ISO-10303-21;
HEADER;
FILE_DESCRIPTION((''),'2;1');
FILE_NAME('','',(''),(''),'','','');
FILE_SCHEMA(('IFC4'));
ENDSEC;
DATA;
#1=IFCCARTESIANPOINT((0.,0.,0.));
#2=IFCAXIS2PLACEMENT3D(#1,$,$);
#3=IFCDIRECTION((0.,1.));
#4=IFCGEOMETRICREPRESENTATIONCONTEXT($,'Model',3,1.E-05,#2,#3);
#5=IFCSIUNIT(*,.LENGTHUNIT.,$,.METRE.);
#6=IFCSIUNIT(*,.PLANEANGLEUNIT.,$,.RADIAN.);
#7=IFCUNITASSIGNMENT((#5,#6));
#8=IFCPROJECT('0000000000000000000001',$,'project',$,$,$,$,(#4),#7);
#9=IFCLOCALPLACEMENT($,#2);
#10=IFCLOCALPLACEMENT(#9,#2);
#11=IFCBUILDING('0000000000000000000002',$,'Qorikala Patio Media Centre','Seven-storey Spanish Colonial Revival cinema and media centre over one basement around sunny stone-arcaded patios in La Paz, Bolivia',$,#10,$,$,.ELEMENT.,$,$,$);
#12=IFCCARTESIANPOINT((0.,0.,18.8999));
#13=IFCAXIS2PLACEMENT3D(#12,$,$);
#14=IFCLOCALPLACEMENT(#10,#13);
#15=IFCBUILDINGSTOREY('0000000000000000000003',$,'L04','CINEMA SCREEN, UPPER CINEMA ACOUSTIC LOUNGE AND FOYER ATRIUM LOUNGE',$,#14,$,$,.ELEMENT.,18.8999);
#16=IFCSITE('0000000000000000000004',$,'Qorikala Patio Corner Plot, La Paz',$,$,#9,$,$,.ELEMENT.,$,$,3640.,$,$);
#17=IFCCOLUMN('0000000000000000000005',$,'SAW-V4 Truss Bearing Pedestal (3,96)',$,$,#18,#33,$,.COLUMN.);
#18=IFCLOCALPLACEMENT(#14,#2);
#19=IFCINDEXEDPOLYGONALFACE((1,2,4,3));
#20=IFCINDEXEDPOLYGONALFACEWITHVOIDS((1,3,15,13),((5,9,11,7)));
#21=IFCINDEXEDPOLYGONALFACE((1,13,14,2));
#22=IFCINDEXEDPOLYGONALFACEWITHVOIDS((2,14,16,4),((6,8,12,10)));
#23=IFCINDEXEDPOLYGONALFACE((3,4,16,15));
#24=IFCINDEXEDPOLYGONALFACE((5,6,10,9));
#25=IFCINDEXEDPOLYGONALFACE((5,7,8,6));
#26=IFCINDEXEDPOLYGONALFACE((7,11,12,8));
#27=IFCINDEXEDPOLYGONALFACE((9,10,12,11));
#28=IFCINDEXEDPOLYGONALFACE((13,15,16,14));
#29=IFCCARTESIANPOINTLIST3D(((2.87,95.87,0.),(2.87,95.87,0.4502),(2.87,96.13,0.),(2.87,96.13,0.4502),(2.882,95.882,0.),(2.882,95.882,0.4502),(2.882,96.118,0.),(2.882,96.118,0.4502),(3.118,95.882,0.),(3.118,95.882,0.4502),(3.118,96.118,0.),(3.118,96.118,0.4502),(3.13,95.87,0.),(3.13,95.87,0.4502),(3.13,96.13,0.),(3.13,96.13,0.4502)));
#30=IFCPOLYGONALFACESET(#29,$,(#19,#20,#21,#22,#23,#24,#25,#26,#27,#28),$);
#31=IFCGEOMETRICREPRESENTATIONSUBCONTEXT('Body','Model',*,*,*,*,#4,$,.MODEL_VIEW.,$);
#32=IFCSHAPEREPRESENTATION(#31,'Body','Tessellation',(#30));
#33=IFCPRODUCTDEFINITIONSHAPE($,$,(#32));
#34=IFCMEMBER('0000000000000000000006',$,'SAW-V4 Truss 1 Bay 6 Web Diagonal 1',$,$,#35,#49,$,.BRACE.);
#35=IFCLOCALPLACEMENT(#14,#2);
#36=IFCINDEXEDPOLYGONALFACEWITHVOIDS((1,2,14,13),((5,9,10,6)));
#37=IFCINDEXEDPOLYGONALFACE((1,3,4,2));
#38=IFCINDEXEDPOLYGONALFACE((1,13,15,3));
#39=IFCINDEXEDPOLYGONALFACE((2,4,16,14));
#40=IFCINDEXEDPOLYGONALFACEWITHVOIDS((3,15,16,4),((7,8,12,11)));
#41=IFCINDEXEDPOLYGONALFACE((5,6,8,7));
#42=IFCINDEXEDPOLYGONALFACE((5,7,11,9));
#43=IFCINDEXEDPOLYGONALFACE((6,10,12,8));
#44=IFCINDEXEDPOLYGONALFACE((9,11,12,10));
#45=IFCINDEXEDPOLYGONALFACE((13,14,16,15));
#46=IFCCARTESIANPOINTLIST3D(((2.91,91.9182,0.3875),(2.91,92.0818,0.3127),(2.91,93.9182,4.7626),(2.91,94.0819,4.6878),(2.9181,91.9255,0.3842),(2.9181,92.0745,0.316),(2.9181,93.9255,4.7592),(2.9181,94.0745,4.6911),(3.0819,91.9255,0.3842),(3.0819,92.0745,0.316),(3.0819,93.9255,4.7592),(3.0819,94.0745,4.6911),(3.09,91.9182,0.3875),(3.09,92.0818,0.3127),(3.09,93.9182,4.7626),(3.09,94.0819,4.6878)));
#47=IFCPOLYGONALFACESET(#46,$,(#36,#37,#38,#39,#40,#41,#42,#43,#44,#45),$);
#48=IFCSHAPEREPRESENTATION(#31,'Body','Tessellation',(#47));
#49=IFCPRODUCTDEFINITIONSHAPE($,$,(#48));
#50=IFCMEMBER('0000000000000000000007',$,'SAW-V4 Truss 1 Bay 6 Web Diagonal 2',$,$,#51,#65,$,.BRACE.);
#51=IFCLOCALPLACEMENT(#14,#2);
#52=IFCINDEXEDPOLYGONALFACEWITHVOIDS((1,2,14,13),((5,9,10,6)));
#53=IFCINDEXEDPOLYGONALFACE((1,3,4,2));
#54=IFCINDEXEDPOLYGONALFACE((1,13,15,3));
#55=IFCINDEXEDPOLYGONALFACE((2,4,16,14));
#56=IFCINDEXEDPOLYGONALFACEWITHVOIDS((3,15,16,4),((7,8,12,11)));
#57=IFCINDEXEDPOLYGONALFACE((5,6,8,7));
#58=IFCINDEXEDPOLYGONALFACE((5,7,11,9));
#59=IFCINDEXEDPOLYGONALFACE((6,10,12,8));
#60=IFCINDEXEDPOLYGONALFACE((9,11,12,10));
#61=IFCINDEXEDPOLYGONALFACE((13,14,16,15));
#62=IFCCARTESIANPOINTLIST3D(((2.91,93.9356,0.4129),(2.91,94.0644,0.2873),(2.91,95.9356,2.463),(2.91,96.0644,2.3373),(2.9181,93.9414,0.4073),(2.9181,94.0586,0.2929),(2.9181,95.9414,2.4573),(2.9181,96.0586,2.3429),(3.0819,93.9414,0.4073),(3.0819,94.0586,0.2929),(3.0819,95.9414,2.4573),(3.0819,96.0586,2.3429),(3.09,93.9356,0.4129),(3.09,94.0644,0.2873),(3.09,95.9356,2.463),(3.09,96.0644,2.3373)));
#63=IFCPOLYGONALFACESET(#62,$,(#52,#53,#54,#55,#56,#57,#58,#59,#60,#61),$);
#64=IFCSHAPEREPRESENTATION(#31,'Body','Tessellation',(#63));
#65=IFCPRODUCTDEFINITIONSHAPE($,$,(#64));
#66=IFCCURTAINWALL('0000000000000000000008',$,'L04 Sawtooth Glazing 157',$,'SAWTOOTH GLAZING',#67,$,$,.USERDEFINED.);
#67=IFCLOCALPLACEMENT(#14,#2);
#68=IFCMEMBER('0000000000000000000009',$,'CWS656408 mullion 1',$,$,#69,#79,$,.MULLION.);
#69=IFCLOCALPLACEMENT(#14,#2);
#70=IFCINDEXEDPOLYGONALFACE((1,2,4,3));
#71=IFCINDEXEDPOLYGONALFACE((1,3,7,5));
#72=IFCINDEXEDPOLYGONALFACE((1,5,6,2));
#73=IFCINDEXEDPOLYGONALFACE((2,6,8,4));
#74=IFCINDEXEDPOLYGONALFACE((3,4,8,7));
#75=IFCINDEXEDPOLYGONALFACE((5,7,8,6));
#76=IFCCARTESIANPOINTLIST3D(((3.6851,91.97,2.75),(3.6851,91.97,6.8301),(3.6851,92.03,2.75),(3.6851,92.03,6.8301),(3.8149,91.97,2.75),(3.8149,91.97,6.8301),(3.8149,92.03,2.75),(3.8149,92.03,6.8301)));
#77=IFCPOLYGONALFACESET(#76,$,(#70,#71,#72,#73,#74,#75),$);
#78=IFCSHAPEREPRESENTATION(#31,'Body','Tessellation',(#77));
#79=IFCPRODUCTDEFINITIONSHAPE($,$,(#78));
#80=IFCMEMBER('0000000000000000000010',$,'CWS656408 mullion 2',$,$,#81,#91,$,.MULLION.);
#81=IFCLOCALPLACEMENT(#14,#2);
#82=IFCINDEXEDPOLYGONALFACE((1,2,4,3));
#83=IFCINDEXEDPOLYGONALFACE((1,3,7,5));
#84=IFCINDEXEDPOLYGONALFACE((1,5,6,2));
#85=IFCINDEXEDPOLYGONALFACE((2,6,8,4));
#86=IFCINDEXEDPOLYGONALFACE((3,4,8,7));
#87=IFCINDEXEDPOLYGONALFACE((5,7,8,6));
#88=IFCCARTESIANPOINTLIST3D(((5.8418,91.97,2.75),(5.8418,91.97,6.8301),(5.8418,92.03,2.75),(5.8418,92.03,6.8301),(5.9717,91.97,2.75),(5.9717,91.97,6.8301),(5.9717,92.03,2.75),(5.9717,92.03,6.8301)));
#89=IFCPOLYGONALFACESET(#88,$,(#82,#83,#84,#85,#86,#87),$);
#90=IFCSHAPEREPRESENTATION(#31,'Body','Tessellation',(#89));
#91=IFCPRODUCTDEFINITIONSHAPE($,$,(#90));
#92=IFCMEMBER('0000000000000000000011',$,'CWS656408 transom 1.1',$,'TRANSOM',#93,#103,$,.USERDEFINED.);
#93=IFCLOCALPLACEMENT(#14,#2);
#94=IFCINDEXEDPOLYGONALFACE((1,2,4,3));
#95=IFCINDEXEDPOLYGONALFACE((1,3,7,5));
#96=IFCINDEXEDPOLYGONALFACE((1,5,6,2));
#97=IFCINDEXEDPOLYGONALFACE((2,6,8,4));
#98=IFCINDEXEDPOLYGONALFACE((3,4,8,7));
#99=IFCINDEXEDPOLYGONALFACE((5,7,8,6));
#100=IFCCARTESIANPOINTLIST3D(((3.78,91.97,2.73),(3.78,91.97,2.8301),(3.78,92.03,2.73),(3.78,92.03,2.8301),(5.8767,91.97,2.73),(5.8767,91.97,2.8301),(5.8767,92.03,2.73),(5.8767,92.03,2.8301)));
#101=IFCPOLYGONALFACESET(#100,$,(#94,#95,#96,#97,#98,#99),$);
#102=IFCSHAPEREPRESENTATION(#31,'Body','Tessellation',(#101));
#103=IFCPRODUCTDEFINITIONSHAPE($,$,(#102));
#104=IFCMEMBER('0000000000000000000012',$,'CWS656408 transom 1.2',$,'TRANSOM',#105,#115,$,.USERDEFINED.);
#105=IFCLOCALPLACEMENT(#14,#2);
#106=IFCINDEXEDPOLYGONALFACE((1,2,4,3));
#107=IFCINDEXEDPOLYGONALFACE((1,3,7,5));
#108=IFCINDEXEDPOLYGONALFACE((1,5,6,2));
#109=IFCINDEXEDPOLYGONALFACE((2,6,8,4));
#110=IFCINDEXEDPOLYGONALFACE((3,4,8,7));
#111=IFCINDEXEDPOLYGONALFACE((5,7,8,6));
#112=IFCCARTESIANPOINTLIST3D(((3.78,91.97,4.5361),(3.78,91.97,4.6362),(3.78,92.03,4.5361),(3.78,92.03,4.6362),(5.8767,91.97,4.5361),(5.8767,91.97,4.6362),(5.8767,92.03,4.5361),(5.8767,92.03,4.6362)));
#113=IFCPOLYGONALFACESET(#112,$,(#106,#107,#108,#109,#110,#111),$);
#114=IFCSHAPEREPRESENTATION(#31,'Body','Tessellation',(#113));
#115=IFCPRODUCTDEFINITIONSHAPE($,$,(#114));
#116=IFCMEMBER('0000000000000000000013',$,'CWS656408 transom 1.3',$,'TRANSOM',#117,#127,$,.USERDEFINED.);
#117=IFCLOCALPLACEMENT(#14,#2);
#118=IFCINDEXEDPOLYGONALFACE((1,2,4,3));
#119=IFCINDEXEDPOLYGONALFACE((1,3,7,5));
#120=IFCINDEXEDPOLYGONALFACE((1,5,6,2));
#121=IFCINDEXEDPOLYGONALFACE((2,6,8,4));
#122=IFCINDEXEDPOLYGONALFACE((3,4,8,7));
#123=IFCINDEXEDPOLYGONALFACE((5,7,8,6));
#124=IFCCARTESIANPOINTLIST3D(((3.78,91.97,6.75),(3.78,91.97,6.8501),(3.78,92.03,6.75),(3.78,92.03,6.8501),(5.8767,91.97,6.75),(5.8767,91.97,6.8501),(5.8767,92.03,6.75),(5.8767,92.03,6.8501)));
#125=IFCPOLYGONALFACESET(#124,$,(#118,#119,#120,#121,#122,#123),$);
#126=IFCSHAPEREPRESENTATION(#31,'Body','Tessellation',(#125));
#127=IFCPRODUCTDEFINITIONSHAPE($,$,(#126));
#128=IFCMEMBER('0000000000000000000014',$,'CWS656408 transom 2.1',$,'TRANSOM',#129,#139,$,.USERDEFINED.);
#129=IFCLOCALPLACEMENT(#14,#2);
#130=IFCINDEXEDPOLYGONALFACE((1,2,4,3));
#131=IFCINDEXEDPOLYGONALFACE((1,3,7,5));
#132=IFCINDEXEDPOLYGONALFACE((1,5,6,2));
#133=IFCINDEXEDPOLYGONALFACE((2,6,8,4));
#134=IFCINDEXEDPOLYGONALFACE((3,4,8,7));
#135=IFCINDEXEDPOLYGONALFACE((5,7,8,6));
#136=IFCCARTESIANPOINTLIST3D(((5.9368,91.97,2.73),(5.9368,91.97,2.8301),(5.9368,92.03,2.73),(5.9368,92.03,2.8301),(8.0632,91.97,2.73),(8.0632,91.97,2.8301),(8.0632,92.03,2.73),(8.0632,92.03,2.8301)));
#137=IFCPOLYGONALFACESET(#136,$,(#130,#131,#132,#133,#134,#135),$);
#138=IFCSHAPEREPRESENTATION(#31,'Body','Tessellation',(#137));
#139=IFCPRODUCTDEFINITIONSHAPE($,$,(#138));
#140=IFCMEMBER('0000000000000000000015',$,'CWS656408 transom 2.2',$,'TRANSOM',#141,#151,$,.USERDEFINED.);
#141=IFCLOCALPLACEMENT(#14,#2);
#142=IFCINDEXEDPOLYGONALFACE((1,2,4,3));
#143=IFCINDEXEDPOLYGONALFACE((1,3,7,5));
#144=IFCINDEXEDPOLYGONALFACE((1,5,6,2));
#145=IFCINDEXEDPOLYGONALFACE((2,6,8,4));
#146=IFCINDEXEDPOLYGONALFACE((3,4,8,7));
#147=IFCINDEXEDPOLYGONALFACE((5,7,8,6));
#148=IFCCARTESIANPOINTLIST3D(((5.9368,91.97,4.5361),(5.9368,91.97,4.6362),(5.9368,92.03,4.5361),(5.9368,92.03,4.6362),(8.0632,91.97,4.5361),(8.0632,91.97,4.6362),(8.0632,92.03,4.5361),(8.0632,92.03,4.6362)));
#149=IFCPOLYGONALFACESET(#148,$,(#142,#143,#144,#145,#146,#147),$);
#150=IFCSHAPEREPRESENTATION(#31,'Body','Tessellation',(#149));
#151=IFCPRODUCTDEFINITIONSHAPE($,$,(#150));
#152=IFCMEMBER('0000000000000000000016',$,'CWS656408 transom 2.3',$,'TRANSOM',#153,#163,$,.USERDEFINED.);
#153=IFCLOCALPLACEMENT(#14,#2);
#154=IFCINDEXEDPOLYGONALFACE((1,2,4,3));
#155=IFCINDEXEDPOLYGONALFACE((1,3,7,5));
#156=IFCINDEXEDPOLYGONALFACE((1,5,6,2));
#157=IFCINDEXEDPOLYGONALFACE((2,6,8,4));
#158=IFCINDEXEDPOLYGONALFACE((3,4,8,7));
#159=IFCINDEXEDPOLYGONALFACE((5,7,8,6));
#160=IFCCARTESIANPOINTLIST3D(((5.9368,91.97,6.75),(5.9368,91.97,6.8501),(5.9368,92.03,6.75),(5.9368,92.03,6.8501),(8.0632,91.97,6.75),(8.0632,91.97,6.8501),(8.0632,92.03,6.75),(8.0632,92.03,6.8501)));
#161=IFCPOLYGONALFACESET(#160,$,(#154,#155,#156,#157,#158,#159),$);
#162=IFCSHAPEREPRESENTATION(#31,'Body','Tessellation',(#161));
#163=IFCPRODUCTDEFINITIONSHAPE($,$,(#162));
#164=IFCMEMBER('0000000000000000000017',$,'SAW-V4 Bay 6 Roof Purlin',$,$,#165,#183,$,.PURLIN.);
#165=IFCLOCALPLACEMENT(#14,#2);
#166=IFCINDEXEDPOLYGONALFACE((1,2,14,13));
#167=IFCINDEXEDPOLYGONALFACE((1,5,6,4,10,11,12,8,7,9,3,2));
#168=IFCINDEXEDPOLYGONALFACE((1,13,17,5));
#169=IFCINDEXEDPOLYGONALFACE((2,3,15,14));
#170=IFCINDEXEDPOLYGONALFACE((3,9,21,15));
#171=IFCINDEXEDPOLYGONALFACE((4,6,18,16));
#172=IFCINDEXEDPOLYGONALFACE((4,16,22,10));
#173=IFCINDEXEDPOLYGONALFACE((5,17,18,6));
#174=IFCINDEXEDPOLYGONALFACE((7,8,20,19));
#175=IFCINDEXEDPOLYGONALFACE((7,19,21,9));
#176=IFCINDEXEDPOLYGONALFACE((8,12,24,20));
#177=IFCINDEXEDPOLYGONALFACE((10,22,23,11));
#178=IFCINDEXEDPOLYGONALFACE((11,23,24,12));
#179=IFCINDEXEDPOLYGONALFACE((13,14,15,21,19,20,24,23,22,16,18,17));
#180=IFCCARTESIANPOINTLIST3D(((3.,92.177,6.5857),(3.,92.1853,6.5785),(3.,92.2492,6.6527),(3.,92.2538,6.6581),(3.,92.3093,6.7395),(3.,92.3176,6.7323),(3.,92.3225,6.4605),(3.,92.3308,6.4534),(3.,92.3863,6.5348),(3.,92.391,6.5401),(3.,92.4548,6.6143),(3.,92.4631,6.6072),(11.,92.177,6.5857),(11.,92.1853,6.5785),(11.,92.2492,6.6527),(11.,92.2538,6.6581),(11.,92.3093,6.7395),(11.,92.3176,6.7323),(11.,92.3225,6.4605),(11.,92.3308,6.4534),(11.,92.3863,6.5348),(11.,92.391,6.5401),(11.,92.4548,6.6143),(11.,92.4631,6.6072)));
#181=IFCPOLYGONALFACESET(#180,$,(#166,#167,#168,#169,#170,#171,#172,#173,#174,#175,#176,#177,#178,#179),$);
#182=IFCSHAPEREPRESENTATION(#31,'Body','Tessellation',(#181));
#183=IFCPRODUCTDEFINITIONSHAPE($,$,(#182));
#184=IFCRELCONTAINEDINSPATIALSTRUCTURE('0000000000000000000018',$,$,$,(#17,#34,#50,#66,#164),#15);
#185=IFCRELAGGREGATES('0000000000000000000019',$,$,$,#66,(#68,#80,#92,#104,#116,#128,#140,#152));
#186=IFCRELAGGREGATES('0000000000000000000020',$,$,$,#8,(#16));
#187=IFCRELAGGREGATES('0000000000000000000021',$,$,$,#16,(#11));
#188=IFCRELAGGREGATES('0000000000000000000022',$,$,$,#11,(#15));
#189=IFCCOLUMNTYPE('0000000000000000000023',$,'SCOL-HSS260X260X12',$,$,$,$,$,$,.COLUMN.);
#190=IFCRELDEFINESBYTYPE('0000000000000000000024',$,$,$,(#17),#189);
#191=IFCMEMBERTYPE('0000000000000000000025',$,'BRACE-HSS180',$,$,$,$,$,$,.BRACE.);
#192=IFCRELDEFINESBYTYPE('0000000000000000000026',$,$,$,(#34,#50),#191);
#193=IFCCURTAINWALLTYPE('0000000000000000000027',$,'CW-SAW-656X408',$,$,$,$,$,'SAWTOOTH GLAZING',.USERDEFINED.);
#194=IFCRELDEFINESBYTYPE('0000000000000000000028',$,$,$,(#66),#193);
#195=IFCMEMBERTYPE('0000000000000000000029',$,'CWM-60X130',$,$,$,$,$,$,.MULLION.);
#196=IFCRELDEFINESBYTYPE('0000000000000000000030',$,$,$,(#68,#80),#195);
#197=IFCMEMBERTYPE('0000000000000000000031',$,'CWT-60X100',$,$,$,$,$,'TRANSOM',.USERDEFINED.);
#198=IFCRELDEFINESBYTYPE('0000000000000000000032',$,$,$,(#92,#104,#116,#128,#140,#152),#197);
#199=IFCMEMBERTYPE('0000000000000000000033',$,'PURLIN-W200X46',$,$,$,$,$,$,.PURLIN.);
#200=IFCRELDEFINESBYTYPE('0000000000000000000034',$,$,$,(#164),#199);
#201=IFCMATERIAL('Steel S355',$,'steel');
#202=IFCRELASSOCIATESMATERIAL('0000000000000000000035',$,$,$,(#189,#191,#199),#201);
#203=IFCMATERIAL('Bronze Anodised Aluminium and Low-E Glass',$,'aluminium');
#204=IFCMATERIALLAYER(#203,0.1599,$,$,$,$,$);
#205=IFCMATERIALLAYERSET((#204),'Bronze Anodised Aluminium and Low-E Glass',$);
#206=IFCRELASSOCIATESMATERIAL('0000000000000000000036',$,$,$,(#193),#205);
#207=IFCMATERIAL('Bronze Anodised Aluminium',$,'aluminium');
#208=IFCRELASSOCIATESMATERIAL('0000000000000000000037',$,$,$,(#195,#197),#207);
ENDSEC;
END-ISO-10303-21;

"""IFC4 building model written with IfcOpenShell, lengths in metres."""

from ifc_helpers import new_model, si_unit, direction, frame, origin, origin_2d, place, context, subcontext, project, spatial, rectangle, hollow_rectangle, i_section, extrude, material, layer, layer_set, material_profile, profile_set, type_object, element, aggregate, save


model = new_model("IFC4")

# Units and contexts
model_context = context("Model", 3, precision=1e-05, world=origin(), true_north=direction((0.0, 1.0)))
body_context = subcontext(model_context, "Body", "Model", "MODEL_VIEW")
ifc_project = project(units=[si_unit("LENGTHUNIT", "METRE"), si_unit("PLANEANGLEUNIT", "RADIAN")], contexts=[model_context])

# Site, building, storey
site_placement = place(None, origin())
site = spatial("IfcSite", under=ifc_project, at=site_placement, Name="Qorikala Patio Corner Plot, La Paz", CompositionType="ELEMENT", RefElevation=3640.0)
building_placement = place(site_placement, origin())
building = spatial("IfcBuilding", under=site, at=building_placement, Name="Qorikala Patio Media Centre", Description="Seven-storey Spanish Colonial Revival cinema and media centre over one basement around sunny stone-arcaded patios in La Paz, Bolivia", CompositionType="ELEMENT")
storey_placement = place(building_placement, frame((0.0, 0.0, 18.8999)))
storey = spatial("IfcBuildingStorey", under=building, at=storey_placement, Name="L04", Description="CINEMA SCREEN, UPPER CINEMA ACOUSTIC LOUNGE AND FOYER ATRIUM LOUNGE", CompositionType="ELEMENT", Elevation=18.8999)

# Column
ifc_material_1 = material(Name="Steel S355", Category="steel")
ifc_material_profile_1 = material_profile(ifc_material_1, hollow_rectangle(XDim=0.26, YDim=0.26, WallThickness=0.012, at=origin_2d()), Name="HSS260X260X12")
ifc_profile_set_1 = profile_set([ifc_material_profile_1], Name="Steel S355")
column_type = type_object("IfcColumnType", Name="SCOL-HSS260X260X12", PredefinedType="COLUMN", material=ifc_profile_set_1)
column_placement = place(storey_placement, frame((3.0, 96.0, 0.0), z_axis=(0.0, 0.0, 1.0), x_axis=(1.0, 0.0, 0.0)))
element("IfcColumn", 1, at=column_placement, inside=storey, type_object=column_type, Name="SAW-V4 Truss Bearing Pedestal (3,96)", PredefinedType="COLUMN", context=body_context, shape_type="SweptSolid", body=[
    extrude(hollow_rectangle(XDim=0.26, YDim=0.26, WallThickness=0.012, at=origin_2d()), origin(), (0.0, 0.0, 1.0), 0.4502),
])

# Members
ifc_material_profile_2 = material_profile(ifc_material_1, hollow_rectangle(XDim=0.1799, YDim=0.1799, WallThickness=0.0081, at=origin_2d()), Name="HSS180X180X8")
ifc_profile_set_2 = profile_set([ifc_material_profile_2], Name="Steel S355")
member_type_1 = type_object("IfcMemberType", Name="BRACE-HSS180", PredefinedType="BRACE", material=ifc_profile_set_2)
member_1_placement = place(storey_placement, frame((3.0, 92.0, 0.3501), z_axis=(0.0, 0.41576, 0.909474), x_axis=(-1.0, 0.0, 0.0)))
element("IfcMember", 2, at=member_1_placement, inside=storey, type_object=member_type_1, Name="SAW-V4 Truss 1 Bay 6 Web Diagonal 1", PredefinedType="BRACE", context=body_context, shape_type="SweptSolid", body=[
    extrude(hollow_rectangle(XDim=0.1799, YDim=0.1799, WallThickness=0.0081, at=origin_2d()), origin(), (0.0, 0.0, 1.0), 4.8105),
])
member_2_placement = place(storey_placement, frame((3.0, 94.0, 0.3501), z_axis=(0.0, 0.698315, 0.71579), x_axis=(-1.0, 0.0, 0.0)))
element("IfcMember", 3, at=member_2_placement, inside=storey, type_object=member_type_1, Name="SAW-V4 Truss 1 Bay 6 Web Diagonal 2", PredefinedType="BRACE", context=body_context, shape_type="SweptSolid", body=[
    extrude(hollow_rectangle(XDim=0.1799, YDim=0.1799, WallThickness=0.0081, at=origin_2d()), origin(), (0.0, 0.0, 1.0), 2.864),
])

# Curtain wall, members
ifc_material_2 = material(Name="Bronze Anodised Aluminium and Low-E Glass", Category="aluminium")
ifc_layer_1 = layer(ifc_material_2, 0.1599)
ifc_layer_set_1 = layer_set([ifc_layer_1], Name="Bronze Anodised Aluminium and Low-E Glass")
curtain_wall_type = type_object("IfcCurtainWallType", Name="CW-SAW-656X408", ElementType="SAWTOOTH GLAZING", PredefinedType="USERDEFINED", material=ifc_layer_set_1)
curtain_wall_placement = place(storey_placement, origin())
curtain_wall = element("IfcCurtainWall", 4, at=curtain_wall_placement, inside=storey, type_object=curtain_wall_type, Name="L04 Sawtooth Glazing 157", ObjectType="SAWTOOTH GLAZING", PredefinedType="USERDEFINED")
ifc_material_3 = material(Name="Bronze Anodised Aluminium", Category="aluminium")
ifc_material_profile_3 = material_profile(ifc_material_3, rectangle(XDim=0.0601, YDim=0.1299, at=origin_2d()), Name="ALU MULLION 60x130")
ifc_profile_set_3 = profile_set([ifc_material_profile_3], Name="Bronze Anodised Aluminium")
member_type_2 = type_object("IfcMemberType", Name="CWM-60X130", PredefinedType="MULLION", material=ifc_profile_set_3)
member_3_placement = place(storey_placement, frame((3.75, 92.0, 2.75), z_axis=(0.0, 0.0, 1.0), x_axis=(0.0, 1.0, 0.0)))
member_3 = element("IfcMember", 5, at=member_3_placement, type_object=member_type_2, Name="CWS656408 mullion 1", PredefinedType="MULLION", context=body_context, shape_type="SweptSolid", body=[
    extrude(rectangle(XDim=0.0601, YDim=0.1299, at=origin_2d()), origin(), (0.0, 0.0, 1.0), 4.0801),
])
member_4_placement = place(storey_placement, frame((5.9067, 92.0, 2.75), z_axis=(0.0, 0.0, 1.0), x_axis=(0.0, 1.0, 0.0)))
member_4 = element("IfcMember", 6, at=member_4_placement, type_object=member_type_2, Name="CWS656408 mullion 2", PredefinedType="MULLION", context=body_context, shape_type="SweptSolid", body=[
    extrude(rectangle(XDim=0.0601, YDim=0.1299, at=origin_2d()), origin(), (0.0, 0.0, 1.0), 4.0801),
])
ifc_material_profile_4 = material_profile(ifc_material_3, rectangle(XDim=0.0601, YDim=0.1001, at=origin_2d()), Name="ALU TRANSOM 60x100")
ifc_profile_set_4 = profile_set([ifc_material_profile_4], Name="Bronze Anodised Aluminium")
member_type_3 = type_object("IfcMemberType", Name="CWT-60X100", ElementType="TRANSOM", PredefinedType="USERDEFINED", material=ifc_profile_set_4)
member_5_placement = place(storey_placement, frame((3.78, 92.0, 2.78), z_axis=(1.0, 0.0, 0.0), x_axis=(0.0, 1.0, 0.0)))
member_5 = element("IfcMember", 7, at=member_5_placement, type_object=member_type_3, Name="CWS656408 transom 1.1", ObjectType="TRANSOM", PredefinedType="USERDEFINED", context=body_context, shape_type="SweptSolid", body=[
    extrude(rectangle(XDim=0.0601, YDim=0.1001, at=origin_2d()), origin(), (0.0, 0.0, 1.0), 2.0967),
])
member_6_placement = place(storey_placement, frame((3.78, 92.0, 4.5862), z_axis=(1.0, 0.0, 0.0), x_axis=(0.0, 1.0, 0.0)))
member_6 = element("IfcMember", 8, at=member_6_placement, type_object=member_type_3, Name="CWS656408 transom 1.2", ObjectType="TRANSOM", PredefinedType="USERDEFINED", context=body_context, shape_type="SweptSolid", body=[
    extrude(rectangle(XDim=0.0601, YDim=0.1001, at=origin_2d()), origin(), (0.0, 0.0, 1.0), 2.0967),
])
member_7_placement = place(storey_placement, frame((3.78, 92.0, 6.8), z_axis=(1.0, 0.0, 0.0), x_axis=(0.0, 1.0, 0.0)))
member_7 = element("IfcMember", 9, at=member_7_placement, type_object=member_type_3, Name="CWS656408 transom 1.3", ObjectType="TRANSOM", PredefinedType="USERDEFINED", context=body_context, shape_type="SweptSolid", body=[
    extrude(rectangle(XDim=0.0601, YDim=0.1001, at=origin_2d()), origin(), (0.0, 0.0, 1.0), 2.0967),
])
member_8_placement = place(storey_placement, frame((5.9368, 92.0, 2.78), z_axis=(1.0, 0.0, 0.0), x_axis=(0.0, 1.0, 0.0)))
member_8 = element("IfcMember", 10, at=member_8_placement, type_object=member_type_3, Name="CWS656408 transom 2.1", ObjectType="TRANSOM", PredefinedType="USERDEFINED", context=body_context, shape_type="SweptSolid", body=[
    extrude(rectangle(XDim=0.0601, YDim=0.1001, at=origin_2d()), origin(), (0.0, 0.0, 1.0), 2.1265),
])
member_9_placement = place(storey_placement, frame((5.9368, 92.0, 4.5862), z_axis=(1.0, 0.0, 0.0), x_axis=(0.0, 1.0, 0.0)))
member_9 = element("IfcMember", 11, at=member_9_placement, type_object=member_type_3, Name="CWS656408 transom 2.2", ObjectType="TRANSOM", PredefinedType="USERDEFINED", context=body_context, shape_type="SweptSolid", body=[
    extrude(rectangle(XDim=0.0601, YDim=0.1001, at=origin_2d()), origin(), (0.0, 0.0, 1.0), 2.1265),
])
member_10_placement = place(storey_placement, frame((5.9368, 92.0, 6.8), z_axis=(1.0, 0.0, 0.0), x_axis=(0.0, 1.0, 0.0)))
member_10 = element("IfcMember", 12, at=member_10_placement, type_object=member_type_3, Name="CWS656408 transom 2.3", ObjectType="TRANSOM", PredefinedType="USERDEFINED", context=body_context, shape_type="SweptSolid", body=[
    extrude(rectangle(XDim=0.0601, YDim=0.1001, at=origin_2d()), origin(), (0.0, 0.0, 1.0), 2.1265),
])

# Member
ifc_material_profile_5 = material_profile(ifc_material_1, i_section(OverallWidth=0.2029, OverallDepth=0.2029, WebThickness=0.0071, FlangeThickness=0.011, at=origin_2d()), Name="W200X46")
ifc_profile_set_5 = profile_set([ifc_material_profile_5], Name="Steel S355")
member_type_4 = type_object("IfcMemberType", Name="PURLIN-W200X46", PredefinedType="PURLIN", material=ifc_profile_set_5)
for number, where, z_axis, x_axis, name in (
    (13, (3.0, 92.3201, 6.5964), (1.0, 0.0, 0.0), (0.0, 0.652138, 0.7581), "SAW-V4 Bay 6 Roof Purlin"),
):
    element("IfcMember", number, at=place(storey_placement, frame(where, z_axis=z_axis, x_axis=x_axis)), inside=storey, type_object=member_type_4, Name=name, PredefinedType="PURLIN", context=body_context, shape_type="SweptSolid", body=[
        extrude(i_section(OverallWidth=0.2029, OverallDepth=0.2029, WebThickness=0.0071, FlangeThickness=0.011, at=origin_2d()), origin(), (0.0, 0.0, 1.0), 8.0),
    ])

aggregate(curtain_wall, [member_3, member_4, member_5, member_6, member_7, member_8, member_9, member_10])

save(model, "model.ifc")
